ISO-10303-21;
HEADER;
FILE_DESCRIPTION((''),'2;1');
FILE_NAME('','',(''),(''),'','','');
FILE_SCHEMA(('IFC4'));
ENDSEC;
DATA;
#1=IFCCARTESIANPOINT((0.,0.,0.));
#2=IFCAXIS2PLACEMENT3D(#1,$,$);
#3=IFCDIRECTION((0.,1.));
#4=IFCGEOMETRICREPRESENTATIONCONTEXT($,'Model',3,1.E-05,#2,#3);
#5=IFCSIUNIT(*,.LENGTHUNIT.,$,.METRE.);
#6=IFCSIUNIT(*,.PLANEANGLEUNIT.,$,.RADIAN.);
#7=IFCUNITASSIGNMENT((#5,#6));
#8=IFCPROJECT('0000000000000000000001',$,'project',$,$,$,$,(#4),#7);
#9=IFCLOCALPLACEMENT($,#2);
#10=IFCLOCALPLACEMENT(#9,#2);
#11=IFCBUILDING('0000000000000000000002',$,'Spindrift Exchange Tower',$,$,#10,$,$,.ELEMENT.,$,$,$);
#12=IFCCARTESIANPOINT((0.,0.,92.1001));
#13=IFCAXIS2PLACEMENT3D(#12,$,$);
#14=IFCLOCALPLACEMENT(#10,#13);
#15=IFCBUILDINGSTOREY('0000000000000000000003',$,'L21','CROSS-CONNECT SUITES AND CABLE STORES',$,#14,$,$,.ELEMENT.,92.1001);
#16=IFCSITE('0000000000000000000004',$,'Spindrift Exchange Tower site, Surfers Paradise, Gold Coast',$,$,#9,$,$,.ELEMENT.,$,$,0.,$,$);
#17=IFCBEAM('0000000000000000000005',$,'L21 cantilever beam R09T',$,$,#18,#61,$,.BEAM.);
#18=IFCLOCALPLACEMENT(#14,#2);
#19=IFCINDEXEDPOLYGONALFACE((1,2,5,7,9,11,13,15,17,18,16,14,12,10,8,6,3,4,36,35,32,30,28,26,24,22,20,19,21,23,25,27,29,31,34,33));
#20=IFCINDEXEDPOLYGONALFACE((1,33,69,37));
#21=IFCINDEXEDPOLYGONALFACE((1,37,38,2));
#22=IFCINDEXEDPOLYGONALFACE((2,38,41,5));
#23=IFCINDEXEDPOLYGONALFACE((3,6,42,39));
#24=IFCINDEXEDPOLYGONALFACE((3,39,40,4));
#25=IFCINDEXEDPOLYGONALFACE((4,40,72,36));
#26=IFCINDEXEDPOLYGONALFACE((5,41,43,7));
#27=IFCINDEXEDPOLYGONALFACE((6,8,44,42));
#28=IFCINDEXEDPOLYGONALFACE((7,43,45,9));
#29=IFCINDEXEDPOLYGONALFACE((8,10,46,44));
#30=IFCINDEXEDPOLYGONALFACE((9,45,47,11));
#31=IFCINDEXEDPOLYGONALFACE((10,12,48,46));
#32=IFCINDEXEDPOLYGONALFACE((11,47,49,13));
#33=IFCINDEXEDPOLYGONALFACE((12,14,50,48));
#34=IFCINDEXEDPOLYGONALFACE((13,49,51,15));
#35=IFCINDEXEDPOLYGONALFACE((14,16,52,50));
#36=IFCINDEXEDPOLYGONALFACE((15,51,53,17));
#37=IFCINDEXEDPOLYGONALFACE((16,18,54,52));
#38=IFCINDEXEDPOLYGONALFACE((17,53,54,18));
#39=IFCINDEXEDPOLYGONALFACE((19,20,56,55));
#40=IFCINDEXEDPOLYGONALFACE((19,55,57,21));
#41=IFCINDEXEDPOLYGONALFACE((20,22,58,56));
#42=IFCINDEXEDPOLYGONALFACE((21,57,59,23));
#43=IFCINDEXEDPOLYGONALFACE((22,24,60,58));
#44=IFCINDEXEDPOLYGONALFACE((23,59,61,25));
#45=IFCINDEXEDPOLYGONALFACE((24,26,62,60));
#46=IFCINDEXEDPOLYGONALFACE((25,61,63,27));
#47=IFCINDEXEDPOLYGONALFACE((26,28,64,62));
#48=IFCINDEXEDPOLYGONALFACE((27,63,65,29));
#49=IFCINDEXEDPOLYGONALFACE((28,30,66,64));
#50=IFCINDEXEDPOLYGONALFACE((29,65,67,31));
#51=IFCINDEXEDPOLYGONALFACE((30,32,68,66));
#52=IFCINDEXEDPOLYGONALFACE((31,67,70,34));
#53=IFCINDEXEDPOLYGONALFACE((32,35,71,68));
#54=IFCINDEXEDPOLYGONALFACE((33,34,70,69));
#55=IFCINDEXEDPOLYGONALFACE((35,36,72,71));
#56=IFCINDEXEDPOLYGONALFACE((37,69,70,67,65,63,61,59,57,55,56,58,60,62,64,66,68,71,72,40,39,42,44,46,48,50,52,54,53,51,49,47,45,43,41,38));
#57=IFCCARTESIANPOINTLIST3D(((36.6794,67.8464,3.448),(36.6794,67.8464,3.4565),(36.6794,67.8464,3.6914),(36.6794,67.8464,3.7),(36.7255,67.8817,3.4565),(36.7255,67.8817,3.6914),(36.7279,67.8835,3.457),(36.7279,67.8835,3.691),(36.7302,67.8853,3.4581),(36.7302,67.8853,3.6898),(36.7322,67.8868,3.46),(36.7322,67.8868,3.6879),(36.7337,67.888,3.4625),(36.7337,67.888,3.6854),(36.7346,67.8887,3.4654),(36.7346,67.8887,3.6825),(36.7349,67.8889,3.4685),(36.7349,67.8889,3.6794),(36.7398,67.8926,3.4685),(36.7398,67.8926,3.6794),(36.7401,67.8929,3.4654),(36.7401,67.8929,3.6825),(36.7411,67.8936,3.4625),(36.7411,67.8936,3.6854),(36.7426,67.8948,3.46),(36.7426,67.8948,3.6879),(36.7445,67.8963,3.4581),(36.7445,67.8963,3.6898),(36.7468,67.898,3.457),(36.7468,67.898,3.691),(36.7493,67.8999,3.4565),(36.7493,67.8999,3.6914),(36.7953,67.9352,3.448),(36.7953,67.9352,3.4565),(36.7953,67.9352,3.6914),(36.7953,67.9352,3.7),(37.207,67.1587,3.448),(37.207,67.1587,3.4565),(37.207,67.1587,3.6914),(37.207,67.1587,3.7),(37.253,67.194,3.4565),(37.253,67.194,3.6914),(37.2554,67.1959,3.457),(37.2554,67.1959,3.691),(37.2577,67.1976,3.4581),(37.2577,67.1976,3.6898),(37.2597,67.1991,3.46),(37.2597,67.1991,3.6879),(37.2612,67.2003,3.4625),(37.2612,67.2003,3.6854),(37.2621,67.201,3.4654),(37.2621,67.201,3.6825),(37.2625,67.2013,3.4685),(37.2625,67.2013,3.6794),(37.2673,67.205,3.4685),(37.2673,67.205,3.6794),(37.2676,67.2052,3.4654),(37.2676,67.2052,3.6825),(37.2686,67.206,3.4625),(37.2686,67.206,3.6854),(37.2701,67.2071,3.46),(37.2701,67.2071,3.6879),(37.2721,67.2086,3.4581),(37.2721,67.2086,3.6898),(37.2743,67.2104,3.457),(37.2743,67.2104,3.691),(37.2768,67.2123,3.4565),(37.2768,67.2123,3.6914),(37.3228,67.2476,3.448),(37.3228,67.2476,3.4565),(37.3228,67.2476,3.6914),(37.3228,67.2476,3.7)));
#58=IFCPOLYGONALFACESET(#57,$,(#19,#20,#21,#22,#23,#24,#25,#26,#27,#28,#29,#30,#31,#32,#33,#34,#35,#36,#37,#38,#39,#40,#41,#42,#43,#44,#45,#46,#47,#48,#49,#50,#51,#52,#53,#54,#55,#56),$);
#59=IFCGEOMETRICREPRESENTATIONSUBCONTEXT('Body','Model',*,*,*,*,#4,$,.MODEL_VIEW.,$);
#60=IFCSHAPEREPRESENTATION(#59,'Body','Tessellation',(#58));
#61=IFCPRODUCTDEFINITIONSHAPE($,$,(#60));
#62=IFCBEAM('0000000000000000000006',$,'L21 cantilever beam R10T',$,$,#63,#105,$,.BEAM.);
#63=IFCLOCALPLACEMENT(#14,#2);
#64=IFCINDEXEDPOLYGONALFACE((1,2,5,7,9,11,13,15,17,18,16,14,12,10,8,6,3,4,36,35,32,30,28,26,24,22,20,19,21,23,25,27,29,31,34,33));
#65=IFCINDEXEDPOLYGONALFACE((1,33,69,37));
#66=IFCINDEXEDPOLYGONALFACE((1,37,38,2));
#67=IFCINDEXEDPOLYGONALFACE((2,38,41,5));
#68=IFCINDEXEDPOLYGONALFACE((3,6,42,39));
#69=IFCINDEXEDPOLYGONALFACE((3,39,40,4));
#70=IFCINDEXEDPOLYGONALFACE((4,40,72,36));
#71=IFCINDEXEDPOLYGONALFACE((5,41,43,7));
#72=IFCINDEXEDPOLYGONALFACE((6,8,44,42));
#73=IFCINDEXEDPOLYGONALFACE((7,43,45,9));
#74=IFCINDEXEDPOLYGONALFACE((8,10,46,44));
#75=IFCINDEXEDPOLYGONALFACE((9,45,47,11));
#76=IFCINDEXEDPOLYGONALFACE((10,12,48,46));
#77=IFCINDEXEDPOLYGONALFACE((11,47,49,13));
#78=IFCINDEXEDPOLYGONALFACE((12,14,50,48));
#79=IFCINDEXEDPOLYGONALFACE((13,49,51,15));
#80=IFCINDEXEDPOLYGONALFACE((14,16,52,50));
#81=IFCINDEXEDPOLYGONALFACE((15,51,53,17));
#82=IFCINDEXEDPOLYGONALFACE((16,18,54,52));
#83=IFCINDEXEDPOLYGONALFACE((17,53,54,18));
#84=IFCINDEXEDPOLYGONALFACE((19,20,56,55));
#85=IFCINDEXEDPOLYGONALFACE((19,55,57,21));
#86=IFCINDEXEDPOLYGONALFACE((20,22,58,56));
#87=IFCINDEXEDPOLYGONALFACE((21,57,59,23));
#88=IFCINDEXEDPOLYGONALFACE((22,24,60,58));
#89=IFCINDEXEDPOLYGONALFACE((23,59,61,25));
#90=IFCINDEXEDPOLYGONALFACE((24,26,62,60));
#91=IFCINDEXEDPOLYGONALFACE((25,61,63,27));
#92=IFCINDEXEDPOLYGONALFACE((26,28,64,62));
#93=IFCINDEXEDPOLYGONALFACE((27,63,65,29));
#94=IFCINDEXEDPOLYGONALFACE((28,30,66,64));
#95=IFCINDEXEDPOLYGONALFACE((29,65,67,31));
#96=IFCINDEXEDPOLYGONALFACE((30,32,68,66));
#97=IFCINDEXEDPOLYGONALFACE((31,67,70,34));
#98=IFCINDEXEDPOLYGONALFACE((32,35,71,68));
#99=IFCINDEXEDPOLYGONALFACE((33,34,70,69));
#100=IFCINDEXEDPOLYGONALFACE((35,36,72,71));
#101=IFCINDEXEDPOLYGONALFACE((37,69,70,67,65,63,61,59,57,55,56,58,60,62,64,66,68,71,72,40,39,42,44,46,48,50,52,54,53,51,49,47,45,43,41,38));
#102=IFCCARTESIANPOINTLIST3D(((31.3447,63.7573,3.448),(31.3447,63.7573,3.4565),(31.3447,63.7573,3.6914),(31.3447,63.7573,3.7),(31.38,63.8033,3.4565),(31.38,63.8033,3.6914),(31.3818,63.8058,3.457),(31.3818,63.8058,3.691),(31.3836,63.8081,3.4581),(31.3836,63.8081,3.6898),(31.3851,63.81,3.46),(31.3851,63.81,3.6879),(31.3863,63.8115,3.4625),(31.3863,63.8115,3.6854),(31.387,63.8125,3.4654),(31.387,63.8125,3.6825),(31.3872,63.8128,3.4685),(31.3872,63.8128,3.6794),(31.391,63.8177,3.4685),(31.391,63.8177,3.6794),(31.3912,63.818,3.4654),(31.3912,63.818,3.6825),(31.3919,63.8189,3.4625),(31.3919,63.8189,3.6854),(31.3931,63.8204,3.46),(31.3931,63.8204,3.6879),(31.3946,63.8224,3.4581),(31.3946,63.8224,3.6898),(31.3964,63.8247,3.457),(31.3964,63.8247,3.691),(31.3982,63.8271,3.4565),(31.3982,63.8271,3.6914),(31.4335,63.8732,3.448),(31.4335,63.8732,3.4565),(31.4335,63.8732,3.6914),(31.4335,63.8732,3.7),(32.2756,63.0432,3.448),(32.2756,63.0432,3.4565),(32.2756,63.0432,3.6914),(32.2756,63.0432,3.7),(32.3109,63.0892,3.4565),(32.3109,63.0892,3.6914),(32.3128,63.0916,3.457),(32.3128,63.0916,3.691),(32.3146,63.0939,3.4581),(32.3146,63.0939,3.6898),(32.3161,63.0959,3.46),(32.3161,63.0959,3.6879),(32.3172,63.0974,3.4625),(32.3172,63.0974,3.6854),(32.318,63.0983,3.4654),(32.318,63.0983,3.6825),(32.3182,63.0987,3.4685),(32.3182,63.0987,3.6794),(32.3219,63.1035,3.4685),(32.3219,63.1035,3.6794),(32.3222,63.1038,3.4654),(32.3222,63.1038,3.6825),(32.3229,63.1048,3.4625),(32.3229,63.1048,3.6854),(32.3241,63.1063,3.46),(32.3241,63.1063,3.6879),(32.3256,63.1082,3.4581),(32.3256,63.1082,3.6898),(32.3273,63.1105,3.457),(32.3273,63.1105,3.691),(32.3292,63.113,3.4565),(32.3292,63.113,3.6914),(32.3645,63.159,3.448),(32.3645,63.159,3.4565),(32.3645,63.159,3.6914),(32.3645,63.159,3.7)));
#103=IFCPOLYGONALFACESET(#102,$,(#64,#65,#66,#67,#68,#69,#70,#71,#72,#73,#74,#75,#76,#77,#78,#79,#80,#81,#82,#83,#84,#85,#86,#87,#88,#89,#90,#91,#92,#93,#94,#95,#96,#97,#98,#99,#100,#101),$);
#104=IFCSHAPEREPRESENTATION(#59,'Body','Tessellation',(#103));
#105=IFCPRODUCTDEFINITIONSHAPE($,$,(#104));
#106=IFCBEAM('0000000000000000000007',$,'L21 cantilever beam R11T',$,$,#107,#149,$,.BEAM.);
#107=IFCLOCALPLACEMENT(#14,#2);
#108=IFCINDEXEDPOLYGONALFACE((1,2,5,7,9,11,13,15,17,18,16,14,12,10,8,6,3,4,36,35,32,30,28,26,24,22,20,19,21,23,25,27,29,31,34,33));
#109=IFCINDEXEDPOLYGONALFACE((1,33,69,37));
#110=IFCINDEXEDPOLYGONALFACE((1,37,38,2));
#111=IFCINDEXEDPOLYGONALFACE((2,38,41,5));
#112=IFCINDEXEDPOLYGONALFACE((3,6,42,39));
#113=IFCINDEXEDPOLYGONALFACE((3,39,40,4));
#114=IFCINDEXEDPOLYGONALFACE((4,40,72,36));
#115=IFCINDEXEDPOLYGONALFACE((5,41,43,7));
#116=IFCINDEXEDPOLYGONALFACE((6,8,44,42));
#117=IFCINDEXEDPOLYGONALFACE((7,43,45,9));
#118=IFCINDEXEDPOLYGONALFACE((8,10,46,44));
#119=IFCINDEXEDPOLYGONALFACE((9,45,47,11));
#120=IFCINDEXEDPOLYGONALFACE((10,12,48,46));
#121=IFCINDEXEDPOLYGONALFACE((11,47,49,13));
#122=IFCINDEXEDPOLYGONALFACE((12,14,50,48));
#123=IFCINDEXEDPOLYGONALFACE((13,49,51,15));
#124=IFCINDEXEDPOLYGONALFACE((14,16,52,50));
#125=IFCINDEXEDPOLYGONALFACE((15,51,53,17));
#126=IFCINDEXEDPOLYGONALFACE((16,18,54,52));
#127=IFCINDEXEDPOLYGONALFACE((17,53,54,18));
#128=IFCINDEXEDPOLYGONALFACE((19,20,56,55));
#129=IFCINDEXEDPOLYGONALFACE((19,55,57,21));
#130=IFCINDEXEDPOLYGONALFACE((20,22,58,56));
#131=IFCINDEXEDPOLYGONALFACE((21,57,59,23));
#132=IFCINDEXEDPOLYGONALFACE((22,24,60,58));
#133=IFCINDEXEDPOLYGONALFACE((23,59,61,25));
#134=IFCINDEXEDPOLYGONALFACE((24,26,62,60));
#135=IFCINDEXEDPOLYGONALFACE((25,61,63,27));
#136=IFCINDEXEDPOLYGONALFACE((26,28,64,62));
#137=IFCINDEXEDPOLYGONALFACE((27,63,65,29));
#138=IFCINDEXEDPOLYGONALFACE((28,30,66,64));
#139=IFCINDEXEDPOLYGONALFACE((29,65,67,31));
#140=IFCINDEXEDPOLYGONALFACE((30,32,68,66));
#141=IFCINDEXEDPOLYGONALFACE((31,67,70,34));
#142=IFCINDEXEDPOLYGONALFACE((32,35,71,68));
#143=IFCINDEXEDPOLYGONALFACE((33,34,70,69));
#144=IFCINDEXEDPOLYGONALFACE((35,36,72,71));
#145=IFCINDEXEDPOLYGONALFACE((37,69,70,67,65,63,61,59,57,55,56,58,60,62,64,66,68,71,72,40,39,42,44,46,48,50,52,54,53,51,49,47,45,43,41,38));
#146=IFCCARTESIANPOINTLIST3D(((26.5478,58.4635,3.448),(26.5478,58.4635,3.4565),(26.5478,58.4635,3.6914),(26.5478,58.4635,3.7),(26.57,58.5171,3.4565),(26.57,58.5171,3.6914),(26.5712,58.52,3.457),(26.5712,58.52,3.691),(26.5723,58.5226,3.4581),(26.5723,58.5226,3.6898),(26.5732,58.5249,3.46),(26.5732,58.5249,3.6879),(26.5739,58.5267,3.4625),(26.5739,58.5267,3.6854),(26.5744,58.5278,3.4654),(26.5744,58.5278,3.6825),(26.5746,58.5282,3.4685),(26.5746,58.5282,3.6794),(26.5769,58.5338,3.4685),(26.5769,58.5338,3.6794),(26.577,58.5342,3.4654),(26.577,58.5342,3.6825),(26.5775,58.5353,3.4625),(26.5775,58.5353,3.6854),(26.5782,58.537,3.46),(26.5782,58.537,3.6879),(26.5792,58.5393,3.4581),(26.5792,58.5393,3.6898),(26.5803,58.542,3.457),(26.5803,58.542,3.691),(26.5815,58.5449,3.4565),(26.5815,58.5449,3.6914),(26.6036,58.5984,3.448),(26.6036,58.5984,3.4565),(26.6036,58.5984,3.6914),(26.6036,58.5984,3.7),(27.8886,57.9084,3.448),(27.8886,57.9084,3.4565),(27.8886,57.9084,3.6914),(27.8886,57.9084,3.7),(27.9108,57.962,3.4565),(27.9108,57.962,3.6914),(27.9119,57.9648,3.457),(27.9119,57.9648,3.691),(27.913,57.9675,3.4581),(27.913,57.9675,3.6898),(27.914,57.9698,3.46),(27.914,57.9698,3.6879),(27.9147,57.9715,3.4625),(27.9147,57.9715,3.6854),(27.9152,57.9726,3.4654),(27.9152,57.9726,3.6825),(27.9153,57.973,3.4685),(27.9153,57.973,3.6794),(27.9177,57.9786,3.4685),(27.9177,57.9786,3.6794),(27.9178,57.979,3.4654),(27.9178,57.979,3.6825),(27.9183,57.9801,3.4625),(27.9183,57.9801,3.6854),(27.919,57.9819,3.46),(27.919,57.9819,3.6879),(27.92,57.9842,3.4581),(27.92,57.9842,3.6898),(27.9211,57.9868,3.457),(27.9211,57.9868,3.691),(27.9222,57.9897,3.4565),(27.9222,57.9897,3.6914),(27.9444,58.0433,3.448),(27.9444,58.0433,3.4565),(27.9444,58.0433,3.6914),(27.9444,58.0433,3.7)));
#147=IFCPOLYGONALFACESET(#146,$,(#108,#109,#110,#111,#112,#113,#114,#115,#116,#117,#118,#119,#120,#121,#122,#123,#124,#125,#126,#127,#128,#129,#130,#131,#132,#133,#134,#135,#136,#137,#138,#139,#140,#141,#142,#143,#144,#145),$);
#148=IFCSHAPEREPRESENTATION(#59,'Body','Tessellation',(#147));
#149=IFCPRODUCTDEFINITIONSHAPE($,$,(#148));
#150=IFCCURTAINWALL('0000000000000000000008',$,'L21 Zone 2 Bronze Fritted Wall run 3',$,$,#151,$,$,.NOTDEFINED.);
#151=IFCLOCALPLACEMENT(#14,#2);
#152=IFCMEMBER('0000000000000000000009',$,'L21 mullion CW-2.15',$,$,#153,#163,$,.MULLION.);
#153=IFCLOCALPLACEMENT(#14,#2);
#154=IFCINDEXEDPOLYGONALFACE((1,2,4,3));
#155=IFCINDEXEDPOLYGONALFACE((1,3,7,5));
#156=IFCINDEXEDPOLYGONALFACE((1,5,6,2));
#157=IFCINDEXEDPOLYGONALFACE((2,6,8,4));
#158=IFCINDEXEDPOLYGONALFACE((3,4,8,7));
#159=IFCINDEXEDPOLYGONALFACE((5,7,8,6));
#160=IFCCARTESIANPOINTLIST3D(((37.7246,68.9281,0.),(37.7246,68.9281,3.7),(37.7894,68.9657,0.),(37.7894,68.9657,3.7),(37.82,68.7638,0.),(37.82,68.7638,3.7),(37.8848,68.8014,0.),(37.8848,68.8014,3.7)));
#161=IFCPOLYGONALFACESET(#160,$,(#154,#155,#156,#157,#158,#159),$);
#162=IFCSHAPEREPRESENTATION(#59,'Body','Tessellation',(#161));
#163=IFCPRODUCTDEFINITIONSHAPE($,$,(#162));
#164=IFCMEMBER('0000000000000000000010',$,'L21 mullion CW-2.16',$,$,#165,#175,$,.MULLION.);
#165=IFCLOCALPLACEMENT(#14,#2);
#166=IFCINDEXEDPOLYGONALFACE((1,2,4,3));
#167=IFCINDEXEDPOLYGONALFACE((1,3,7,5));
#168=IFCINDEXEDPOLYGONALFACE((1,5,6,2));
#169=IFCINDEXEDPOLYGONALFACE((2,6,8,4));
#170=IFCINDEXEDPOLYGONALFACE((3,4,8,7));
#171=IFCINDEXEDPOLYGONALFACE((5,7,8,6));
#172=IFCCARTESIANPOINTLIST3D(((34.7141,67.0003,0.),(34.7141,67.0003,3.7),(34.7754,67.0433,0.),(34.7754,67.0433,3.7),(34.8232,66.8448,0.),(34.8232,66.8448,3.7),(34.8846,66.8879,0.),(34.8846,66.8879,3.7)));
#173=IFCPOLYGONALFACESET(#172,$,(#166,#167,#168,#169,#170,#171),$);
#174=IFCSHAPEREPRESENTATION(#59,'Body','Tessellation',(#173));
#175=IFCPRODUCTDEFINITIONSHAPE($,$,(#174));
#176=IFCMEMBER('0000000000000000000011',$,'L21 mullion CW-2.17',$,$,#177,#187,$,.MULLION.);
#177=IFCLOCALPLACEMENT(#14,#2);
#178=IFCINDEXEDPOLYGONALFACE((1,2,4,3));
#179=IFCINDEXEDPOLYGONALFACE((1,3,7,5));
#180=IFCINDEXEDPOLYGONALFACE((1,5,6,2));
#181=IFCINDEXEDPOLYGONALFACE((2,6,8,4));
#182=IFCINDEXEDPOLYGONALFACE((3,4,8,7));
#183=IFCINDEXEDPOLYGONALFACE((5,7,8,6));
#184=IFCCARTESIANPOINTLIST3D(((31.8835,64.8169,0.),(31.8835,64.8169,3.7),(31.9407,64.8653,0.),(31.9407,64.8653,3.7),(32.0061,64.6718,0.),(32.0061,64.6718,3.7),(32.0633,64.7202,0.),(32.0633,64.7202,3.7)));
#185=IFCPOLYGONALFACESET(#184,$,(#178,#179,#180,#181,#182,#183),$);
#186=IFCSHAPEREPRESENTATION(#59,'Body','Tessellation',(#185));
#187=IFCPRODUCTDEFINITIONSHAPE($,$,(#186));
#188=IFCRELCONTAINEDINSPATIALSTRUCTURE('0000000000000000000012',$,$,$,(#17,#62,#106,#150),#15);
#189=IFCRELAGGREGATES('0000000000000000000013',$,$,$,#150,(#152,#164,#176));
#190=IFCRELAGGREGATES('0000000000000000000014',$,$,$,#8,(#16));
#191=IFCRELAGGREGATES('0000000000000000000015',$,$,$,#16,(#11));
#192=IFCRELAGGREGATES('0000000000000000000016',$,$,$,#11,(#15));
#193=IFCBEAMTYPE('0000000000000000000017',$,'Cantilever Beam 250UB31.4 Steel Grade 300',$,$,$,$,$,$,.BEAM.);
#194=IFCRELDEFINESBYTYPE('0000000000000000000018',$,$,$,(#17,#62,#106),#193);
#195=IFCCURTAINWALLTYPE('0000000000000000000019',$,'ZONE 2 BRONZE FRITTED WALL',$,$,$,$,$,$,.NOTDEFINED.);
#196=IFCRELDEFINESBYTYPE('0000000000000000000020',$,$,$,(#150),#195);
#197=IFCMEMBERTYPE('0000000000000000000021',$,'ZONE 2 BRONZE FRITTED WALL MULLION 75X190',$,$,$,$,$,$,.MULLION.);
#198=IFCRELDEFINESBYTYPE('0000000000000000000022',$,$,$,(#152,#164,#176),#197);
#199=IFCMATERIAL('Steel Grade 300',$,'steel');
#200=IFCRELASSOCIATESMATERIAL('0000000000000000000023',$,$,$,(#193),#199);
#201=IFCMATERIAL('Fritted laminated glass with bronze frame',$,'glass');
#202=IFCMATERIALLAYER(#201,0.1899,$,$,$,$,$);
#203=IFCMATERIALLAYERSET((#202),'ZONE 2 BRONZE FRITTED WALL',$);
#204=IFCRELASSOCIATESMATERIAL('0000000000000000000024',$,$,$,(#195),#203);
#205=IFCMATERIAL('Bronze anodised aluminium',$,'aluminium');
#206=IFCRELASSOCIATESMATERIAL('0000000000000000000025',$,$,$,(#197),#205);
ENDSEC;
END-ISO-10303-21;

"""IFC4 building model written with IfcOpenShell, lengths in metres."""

from ifc_helpers import new_model, si_unit, direction, frame, origin, origin_2d, place, context, subcontext, project, spatial, rectangle, i_section, extrude, source, transform, mapped, material, layer, layer_set, material_profile, profile_set, type_object, element, aggregate, save


model = new_model("IFC4")

# Units and contexts
model_context = context("Model", 3, precision=1e-05, world=origin(), true_north=direction((0.0, 1.0)))
body_context = subcontext(model_context, "Body", "Model", "MODEL_VIEW")
ifc_project = project(units=[si_unit("LENGTHUNIT", "METRE"), si_unit("PLANEANGLEUNIT", "RADIAN")], contexts=[model_context])

# Site, building, storey
site_placement = place(None, origin())
site = spatial("IfcSite", under=ifc_project, at=site_placement, Name="Spindrift Exchange Tower site, Surfers Paradise, Gold Coast", CompositionType="ELEMENT", RefElevation=0.0)
building_placement = place(site_placement, origin())
building = spatial("IfcBuilding", under=site, at=building_placement, Name="Spindrift Exchange Tower", CompositionType="ELEMENT")
storey_placement = place(building_placement, frame((0.0, 0.0, 92.1001)))
storey = spatial("IfcBuildingStorey", under=building, at=storey_placement, Name="L21", Description="CROSS-CONNECT SUITES AND CABLE STORES", CompositionType="ELEMENT", Elevation=92.1001)

# Beams
ifc_material_1 = material(Name="Steel Grade 300", Category="steel")
ifc_material_profile_1 = material_profile(ifc_material_1, i_section(OverallWidth=0.146, OverallDepth=0.252, WebThickness=0.0061, FlangeThickness=0.0085, FilletRadius=0.012, at=origin_2d()), Name="250UB31.4")
ifc_profile_set_1 = profile_set([ifc_material_profile_1], Name="Steel Grade 300")
beam_type_1 = type_object("IfcBeamType", Name="Cantilever Beam 250UB31.4 Steel Grade 300", PredefinedType="BEAM", material=ifc_profile_set_1)
shared_shape_1 = source(origin(), body_context, "Body", "SweptSolid", [
    extrude(i_section(OverallWidth=0.146, OverallDepth=0.252, WebThickness=0.0061, FlangeThickness=0.0085, FilletRadius=0.012, at=origin_2d()), origin(), (0.0, 0.0, 1.0), 0.8667),
])
beam_1_placement = place(storey_placement, frame((37.2649, 67.2031, 3.574), z_axis=(-0.608662, 0.79343, 0.0), x_axis=(-0.79343, -0.608662, 0.0)))
element("IfcBeam", 1, at=beam_1_placement, inside=storey, type_object=beam_type_1, Name="L21 cantilever beam R09T", PredefinedType="BEAM", context=body_context, shape_type="MappedRepresentation", body=[
    mapped(shared_shape_1, transform((0.0, 0.0, 0.0), scale=1.0)),
])
shared_shape_2 = source(origin(), body_context, "Body", "SweptSolid", [
    extrude(i_section(OverallWidth=0.146, OverallDepth=0.252, WebThickness=0.0061, FlangeThickness=0.0085, FilletRadius=0.012, at=origin_2d()), origin(), (0.0, 0.0, 1.0), 1.1733),
])
beam_2_placement = place(storey_placement, frame((32.3201, 63.1011, 3.574), z_axis=(-0.793436, 0.608654, 0.0), x_axis=(-0.608654, -0.793436, 0.0)))
element("IfcBeam", 2, at=beam_2_placement, inside=storey, type_object=beam_type_1, Name="L21 cantilever beam R10T", PredefinedType="BEAM", context=body_context, shape_type="MappedRepresentation", body=[
    mapped(shared_shape_2, transform((0.0, 0.0, 0.0), scale=1.0)),
])
shared_shape_3 = source(origin(), body_context, "Body", "SweptSolid", [
    extrude(i_section(OverallWidth=0.146, OverallDepth=0.252, WebThickness=0.0061, FlangeThickness=0.0085, FilletRadius=0.012, at=origin_2d()), origin(), (0.0, 0.0, 1.0), 1.4512),
])
beam_3_placement = place(storey_placement, frame((27.9165, 57.9758, 3.574), z_axis=(-0.923931, 0.38256, 0.0), x_axis=(-0.38256, -0.923931, 0.0)))
element("IfcBeam", 3, at=beam_3_placement, inside=storey, type_object=beam_type_1, Name="L21 cantilever beam R11T", PredefinedType="BEAM", context=body_context, shape_type="MappedRepresentation", body=[
    mapped(shared_shape_3, transform((0.0, 0.0, 0.0), scale=1.0)),
])

# Curtain wall, members
ifc_material_2 = material(Name="Fritted laminated glass with bronze frame", Category="glass")
ifc_layer_1 = layer(ifc_material_2, 0.1899)
ifc_layer_set_1 = layer_set([ifc_layer_1], Name="ZONE 2 BRONZE FRITTED WALL")
curtain_wall_type = type_object("IfcCurtainWallType", Name="ZONE 2 BRONZE FRITTED WALL", PredefinedType="NOTDEFINED", material=ifc_layer_set_1)
curtain_wall_1_placement = place(storey_placement, origin())
curtain_wall_1 = element("IfcCurtainWall", 4, at=curtain_wall_1_placement, inside=storey, type_object=curtain_wall_type, Name="L21 Zone 2 Bronze Fritted Wall run 3", PredefinedType="NOTDEFINED")
ifc_material_3 = material(Name="Bronze anodised aluminium", Category="aluminium")
ifc_material_profile_2 = material_profile(ifc_material_3, rectangle(XDim=0.075, YDim=0.1899, at=origin_2d()), Name="ZONE 2 BRONZE FRITTED WALL MULLION 75X190")
ifc_profile_set_2 = profile_set([ifc_material_profile_2], Name="Bronze anodised aluminium")
member_type_1 = type_object("IfcMemberType", Name="ZONE 2 BRONZE FRITTED WALL MULLION 75X190", PredefinedType="MULLION", material=ifc_profile_set_2)
shared_shape_4 = source(origin(), body_context, "Body", "SweptSolid", [
    extrude(rectangle(XDim=0.075, YDim=0.1899, at=origin_2d()), origin(), (0.0, 0.0, 1.0), 3.7),
])
member_1_placement = place(storey_placement, frame((37.8047, 68.8647, 0.0), z_axis=(0.0, 0.0, 1.0), x_axis=(-0.864826, -0.502072, 0.0)))
member_1 = element("IfcMember", 5, at=member_1_placement, type_object=member_type_1, Name="L21 mullion CW-2.15", PredefinedType="MULLION", context=body_context, shape_type="MappedRepresentation", body=[
    mapped(shared_shape_4, transform((0.0, 0.0, 0.0), scale=1.0)),
])
member_2_placement = place(storey_placement, frame((34.7993, 66.9441, 0.0), z_axis=(0.0, 0.0, 1.0), x_axis=(-0.818286, -0.574811, 0.0)))
member_2 = element("IfcMember", 6, at=member_2_placement, type_object=member_type_1, Name="L21 mullion CW-2.16", PredefinedType="MULLION", context=body_context, shape_type="MappedRepresentation", body=[
    mapped(shared_shape_4, transform((0.0, 0.0, 0.0), scale=1.0)),
])
member_3_placement = place(storey_placement, frame((31.9734, 64.7686, 0.0), z_axis=(0.0, 0.0, 1.0), x_axis=(-0.763768, -0.645491, 0.0)))
member_3 = element("IfcMember", 7, at=member_3_placement, type_object=member_type_1, Name="L21 mullion CW-2.17", PredefinedType="MULLION", context=body_context, shape_type="MappedRepresentation", body=[
    mapped(shared_shape_4, transform((0.0, 0.0, 0.0), scale=1.0)),
])

aggregate(curtain_wall_1, [member_1, member_2, member_3])

save(model, "model.ifc")
